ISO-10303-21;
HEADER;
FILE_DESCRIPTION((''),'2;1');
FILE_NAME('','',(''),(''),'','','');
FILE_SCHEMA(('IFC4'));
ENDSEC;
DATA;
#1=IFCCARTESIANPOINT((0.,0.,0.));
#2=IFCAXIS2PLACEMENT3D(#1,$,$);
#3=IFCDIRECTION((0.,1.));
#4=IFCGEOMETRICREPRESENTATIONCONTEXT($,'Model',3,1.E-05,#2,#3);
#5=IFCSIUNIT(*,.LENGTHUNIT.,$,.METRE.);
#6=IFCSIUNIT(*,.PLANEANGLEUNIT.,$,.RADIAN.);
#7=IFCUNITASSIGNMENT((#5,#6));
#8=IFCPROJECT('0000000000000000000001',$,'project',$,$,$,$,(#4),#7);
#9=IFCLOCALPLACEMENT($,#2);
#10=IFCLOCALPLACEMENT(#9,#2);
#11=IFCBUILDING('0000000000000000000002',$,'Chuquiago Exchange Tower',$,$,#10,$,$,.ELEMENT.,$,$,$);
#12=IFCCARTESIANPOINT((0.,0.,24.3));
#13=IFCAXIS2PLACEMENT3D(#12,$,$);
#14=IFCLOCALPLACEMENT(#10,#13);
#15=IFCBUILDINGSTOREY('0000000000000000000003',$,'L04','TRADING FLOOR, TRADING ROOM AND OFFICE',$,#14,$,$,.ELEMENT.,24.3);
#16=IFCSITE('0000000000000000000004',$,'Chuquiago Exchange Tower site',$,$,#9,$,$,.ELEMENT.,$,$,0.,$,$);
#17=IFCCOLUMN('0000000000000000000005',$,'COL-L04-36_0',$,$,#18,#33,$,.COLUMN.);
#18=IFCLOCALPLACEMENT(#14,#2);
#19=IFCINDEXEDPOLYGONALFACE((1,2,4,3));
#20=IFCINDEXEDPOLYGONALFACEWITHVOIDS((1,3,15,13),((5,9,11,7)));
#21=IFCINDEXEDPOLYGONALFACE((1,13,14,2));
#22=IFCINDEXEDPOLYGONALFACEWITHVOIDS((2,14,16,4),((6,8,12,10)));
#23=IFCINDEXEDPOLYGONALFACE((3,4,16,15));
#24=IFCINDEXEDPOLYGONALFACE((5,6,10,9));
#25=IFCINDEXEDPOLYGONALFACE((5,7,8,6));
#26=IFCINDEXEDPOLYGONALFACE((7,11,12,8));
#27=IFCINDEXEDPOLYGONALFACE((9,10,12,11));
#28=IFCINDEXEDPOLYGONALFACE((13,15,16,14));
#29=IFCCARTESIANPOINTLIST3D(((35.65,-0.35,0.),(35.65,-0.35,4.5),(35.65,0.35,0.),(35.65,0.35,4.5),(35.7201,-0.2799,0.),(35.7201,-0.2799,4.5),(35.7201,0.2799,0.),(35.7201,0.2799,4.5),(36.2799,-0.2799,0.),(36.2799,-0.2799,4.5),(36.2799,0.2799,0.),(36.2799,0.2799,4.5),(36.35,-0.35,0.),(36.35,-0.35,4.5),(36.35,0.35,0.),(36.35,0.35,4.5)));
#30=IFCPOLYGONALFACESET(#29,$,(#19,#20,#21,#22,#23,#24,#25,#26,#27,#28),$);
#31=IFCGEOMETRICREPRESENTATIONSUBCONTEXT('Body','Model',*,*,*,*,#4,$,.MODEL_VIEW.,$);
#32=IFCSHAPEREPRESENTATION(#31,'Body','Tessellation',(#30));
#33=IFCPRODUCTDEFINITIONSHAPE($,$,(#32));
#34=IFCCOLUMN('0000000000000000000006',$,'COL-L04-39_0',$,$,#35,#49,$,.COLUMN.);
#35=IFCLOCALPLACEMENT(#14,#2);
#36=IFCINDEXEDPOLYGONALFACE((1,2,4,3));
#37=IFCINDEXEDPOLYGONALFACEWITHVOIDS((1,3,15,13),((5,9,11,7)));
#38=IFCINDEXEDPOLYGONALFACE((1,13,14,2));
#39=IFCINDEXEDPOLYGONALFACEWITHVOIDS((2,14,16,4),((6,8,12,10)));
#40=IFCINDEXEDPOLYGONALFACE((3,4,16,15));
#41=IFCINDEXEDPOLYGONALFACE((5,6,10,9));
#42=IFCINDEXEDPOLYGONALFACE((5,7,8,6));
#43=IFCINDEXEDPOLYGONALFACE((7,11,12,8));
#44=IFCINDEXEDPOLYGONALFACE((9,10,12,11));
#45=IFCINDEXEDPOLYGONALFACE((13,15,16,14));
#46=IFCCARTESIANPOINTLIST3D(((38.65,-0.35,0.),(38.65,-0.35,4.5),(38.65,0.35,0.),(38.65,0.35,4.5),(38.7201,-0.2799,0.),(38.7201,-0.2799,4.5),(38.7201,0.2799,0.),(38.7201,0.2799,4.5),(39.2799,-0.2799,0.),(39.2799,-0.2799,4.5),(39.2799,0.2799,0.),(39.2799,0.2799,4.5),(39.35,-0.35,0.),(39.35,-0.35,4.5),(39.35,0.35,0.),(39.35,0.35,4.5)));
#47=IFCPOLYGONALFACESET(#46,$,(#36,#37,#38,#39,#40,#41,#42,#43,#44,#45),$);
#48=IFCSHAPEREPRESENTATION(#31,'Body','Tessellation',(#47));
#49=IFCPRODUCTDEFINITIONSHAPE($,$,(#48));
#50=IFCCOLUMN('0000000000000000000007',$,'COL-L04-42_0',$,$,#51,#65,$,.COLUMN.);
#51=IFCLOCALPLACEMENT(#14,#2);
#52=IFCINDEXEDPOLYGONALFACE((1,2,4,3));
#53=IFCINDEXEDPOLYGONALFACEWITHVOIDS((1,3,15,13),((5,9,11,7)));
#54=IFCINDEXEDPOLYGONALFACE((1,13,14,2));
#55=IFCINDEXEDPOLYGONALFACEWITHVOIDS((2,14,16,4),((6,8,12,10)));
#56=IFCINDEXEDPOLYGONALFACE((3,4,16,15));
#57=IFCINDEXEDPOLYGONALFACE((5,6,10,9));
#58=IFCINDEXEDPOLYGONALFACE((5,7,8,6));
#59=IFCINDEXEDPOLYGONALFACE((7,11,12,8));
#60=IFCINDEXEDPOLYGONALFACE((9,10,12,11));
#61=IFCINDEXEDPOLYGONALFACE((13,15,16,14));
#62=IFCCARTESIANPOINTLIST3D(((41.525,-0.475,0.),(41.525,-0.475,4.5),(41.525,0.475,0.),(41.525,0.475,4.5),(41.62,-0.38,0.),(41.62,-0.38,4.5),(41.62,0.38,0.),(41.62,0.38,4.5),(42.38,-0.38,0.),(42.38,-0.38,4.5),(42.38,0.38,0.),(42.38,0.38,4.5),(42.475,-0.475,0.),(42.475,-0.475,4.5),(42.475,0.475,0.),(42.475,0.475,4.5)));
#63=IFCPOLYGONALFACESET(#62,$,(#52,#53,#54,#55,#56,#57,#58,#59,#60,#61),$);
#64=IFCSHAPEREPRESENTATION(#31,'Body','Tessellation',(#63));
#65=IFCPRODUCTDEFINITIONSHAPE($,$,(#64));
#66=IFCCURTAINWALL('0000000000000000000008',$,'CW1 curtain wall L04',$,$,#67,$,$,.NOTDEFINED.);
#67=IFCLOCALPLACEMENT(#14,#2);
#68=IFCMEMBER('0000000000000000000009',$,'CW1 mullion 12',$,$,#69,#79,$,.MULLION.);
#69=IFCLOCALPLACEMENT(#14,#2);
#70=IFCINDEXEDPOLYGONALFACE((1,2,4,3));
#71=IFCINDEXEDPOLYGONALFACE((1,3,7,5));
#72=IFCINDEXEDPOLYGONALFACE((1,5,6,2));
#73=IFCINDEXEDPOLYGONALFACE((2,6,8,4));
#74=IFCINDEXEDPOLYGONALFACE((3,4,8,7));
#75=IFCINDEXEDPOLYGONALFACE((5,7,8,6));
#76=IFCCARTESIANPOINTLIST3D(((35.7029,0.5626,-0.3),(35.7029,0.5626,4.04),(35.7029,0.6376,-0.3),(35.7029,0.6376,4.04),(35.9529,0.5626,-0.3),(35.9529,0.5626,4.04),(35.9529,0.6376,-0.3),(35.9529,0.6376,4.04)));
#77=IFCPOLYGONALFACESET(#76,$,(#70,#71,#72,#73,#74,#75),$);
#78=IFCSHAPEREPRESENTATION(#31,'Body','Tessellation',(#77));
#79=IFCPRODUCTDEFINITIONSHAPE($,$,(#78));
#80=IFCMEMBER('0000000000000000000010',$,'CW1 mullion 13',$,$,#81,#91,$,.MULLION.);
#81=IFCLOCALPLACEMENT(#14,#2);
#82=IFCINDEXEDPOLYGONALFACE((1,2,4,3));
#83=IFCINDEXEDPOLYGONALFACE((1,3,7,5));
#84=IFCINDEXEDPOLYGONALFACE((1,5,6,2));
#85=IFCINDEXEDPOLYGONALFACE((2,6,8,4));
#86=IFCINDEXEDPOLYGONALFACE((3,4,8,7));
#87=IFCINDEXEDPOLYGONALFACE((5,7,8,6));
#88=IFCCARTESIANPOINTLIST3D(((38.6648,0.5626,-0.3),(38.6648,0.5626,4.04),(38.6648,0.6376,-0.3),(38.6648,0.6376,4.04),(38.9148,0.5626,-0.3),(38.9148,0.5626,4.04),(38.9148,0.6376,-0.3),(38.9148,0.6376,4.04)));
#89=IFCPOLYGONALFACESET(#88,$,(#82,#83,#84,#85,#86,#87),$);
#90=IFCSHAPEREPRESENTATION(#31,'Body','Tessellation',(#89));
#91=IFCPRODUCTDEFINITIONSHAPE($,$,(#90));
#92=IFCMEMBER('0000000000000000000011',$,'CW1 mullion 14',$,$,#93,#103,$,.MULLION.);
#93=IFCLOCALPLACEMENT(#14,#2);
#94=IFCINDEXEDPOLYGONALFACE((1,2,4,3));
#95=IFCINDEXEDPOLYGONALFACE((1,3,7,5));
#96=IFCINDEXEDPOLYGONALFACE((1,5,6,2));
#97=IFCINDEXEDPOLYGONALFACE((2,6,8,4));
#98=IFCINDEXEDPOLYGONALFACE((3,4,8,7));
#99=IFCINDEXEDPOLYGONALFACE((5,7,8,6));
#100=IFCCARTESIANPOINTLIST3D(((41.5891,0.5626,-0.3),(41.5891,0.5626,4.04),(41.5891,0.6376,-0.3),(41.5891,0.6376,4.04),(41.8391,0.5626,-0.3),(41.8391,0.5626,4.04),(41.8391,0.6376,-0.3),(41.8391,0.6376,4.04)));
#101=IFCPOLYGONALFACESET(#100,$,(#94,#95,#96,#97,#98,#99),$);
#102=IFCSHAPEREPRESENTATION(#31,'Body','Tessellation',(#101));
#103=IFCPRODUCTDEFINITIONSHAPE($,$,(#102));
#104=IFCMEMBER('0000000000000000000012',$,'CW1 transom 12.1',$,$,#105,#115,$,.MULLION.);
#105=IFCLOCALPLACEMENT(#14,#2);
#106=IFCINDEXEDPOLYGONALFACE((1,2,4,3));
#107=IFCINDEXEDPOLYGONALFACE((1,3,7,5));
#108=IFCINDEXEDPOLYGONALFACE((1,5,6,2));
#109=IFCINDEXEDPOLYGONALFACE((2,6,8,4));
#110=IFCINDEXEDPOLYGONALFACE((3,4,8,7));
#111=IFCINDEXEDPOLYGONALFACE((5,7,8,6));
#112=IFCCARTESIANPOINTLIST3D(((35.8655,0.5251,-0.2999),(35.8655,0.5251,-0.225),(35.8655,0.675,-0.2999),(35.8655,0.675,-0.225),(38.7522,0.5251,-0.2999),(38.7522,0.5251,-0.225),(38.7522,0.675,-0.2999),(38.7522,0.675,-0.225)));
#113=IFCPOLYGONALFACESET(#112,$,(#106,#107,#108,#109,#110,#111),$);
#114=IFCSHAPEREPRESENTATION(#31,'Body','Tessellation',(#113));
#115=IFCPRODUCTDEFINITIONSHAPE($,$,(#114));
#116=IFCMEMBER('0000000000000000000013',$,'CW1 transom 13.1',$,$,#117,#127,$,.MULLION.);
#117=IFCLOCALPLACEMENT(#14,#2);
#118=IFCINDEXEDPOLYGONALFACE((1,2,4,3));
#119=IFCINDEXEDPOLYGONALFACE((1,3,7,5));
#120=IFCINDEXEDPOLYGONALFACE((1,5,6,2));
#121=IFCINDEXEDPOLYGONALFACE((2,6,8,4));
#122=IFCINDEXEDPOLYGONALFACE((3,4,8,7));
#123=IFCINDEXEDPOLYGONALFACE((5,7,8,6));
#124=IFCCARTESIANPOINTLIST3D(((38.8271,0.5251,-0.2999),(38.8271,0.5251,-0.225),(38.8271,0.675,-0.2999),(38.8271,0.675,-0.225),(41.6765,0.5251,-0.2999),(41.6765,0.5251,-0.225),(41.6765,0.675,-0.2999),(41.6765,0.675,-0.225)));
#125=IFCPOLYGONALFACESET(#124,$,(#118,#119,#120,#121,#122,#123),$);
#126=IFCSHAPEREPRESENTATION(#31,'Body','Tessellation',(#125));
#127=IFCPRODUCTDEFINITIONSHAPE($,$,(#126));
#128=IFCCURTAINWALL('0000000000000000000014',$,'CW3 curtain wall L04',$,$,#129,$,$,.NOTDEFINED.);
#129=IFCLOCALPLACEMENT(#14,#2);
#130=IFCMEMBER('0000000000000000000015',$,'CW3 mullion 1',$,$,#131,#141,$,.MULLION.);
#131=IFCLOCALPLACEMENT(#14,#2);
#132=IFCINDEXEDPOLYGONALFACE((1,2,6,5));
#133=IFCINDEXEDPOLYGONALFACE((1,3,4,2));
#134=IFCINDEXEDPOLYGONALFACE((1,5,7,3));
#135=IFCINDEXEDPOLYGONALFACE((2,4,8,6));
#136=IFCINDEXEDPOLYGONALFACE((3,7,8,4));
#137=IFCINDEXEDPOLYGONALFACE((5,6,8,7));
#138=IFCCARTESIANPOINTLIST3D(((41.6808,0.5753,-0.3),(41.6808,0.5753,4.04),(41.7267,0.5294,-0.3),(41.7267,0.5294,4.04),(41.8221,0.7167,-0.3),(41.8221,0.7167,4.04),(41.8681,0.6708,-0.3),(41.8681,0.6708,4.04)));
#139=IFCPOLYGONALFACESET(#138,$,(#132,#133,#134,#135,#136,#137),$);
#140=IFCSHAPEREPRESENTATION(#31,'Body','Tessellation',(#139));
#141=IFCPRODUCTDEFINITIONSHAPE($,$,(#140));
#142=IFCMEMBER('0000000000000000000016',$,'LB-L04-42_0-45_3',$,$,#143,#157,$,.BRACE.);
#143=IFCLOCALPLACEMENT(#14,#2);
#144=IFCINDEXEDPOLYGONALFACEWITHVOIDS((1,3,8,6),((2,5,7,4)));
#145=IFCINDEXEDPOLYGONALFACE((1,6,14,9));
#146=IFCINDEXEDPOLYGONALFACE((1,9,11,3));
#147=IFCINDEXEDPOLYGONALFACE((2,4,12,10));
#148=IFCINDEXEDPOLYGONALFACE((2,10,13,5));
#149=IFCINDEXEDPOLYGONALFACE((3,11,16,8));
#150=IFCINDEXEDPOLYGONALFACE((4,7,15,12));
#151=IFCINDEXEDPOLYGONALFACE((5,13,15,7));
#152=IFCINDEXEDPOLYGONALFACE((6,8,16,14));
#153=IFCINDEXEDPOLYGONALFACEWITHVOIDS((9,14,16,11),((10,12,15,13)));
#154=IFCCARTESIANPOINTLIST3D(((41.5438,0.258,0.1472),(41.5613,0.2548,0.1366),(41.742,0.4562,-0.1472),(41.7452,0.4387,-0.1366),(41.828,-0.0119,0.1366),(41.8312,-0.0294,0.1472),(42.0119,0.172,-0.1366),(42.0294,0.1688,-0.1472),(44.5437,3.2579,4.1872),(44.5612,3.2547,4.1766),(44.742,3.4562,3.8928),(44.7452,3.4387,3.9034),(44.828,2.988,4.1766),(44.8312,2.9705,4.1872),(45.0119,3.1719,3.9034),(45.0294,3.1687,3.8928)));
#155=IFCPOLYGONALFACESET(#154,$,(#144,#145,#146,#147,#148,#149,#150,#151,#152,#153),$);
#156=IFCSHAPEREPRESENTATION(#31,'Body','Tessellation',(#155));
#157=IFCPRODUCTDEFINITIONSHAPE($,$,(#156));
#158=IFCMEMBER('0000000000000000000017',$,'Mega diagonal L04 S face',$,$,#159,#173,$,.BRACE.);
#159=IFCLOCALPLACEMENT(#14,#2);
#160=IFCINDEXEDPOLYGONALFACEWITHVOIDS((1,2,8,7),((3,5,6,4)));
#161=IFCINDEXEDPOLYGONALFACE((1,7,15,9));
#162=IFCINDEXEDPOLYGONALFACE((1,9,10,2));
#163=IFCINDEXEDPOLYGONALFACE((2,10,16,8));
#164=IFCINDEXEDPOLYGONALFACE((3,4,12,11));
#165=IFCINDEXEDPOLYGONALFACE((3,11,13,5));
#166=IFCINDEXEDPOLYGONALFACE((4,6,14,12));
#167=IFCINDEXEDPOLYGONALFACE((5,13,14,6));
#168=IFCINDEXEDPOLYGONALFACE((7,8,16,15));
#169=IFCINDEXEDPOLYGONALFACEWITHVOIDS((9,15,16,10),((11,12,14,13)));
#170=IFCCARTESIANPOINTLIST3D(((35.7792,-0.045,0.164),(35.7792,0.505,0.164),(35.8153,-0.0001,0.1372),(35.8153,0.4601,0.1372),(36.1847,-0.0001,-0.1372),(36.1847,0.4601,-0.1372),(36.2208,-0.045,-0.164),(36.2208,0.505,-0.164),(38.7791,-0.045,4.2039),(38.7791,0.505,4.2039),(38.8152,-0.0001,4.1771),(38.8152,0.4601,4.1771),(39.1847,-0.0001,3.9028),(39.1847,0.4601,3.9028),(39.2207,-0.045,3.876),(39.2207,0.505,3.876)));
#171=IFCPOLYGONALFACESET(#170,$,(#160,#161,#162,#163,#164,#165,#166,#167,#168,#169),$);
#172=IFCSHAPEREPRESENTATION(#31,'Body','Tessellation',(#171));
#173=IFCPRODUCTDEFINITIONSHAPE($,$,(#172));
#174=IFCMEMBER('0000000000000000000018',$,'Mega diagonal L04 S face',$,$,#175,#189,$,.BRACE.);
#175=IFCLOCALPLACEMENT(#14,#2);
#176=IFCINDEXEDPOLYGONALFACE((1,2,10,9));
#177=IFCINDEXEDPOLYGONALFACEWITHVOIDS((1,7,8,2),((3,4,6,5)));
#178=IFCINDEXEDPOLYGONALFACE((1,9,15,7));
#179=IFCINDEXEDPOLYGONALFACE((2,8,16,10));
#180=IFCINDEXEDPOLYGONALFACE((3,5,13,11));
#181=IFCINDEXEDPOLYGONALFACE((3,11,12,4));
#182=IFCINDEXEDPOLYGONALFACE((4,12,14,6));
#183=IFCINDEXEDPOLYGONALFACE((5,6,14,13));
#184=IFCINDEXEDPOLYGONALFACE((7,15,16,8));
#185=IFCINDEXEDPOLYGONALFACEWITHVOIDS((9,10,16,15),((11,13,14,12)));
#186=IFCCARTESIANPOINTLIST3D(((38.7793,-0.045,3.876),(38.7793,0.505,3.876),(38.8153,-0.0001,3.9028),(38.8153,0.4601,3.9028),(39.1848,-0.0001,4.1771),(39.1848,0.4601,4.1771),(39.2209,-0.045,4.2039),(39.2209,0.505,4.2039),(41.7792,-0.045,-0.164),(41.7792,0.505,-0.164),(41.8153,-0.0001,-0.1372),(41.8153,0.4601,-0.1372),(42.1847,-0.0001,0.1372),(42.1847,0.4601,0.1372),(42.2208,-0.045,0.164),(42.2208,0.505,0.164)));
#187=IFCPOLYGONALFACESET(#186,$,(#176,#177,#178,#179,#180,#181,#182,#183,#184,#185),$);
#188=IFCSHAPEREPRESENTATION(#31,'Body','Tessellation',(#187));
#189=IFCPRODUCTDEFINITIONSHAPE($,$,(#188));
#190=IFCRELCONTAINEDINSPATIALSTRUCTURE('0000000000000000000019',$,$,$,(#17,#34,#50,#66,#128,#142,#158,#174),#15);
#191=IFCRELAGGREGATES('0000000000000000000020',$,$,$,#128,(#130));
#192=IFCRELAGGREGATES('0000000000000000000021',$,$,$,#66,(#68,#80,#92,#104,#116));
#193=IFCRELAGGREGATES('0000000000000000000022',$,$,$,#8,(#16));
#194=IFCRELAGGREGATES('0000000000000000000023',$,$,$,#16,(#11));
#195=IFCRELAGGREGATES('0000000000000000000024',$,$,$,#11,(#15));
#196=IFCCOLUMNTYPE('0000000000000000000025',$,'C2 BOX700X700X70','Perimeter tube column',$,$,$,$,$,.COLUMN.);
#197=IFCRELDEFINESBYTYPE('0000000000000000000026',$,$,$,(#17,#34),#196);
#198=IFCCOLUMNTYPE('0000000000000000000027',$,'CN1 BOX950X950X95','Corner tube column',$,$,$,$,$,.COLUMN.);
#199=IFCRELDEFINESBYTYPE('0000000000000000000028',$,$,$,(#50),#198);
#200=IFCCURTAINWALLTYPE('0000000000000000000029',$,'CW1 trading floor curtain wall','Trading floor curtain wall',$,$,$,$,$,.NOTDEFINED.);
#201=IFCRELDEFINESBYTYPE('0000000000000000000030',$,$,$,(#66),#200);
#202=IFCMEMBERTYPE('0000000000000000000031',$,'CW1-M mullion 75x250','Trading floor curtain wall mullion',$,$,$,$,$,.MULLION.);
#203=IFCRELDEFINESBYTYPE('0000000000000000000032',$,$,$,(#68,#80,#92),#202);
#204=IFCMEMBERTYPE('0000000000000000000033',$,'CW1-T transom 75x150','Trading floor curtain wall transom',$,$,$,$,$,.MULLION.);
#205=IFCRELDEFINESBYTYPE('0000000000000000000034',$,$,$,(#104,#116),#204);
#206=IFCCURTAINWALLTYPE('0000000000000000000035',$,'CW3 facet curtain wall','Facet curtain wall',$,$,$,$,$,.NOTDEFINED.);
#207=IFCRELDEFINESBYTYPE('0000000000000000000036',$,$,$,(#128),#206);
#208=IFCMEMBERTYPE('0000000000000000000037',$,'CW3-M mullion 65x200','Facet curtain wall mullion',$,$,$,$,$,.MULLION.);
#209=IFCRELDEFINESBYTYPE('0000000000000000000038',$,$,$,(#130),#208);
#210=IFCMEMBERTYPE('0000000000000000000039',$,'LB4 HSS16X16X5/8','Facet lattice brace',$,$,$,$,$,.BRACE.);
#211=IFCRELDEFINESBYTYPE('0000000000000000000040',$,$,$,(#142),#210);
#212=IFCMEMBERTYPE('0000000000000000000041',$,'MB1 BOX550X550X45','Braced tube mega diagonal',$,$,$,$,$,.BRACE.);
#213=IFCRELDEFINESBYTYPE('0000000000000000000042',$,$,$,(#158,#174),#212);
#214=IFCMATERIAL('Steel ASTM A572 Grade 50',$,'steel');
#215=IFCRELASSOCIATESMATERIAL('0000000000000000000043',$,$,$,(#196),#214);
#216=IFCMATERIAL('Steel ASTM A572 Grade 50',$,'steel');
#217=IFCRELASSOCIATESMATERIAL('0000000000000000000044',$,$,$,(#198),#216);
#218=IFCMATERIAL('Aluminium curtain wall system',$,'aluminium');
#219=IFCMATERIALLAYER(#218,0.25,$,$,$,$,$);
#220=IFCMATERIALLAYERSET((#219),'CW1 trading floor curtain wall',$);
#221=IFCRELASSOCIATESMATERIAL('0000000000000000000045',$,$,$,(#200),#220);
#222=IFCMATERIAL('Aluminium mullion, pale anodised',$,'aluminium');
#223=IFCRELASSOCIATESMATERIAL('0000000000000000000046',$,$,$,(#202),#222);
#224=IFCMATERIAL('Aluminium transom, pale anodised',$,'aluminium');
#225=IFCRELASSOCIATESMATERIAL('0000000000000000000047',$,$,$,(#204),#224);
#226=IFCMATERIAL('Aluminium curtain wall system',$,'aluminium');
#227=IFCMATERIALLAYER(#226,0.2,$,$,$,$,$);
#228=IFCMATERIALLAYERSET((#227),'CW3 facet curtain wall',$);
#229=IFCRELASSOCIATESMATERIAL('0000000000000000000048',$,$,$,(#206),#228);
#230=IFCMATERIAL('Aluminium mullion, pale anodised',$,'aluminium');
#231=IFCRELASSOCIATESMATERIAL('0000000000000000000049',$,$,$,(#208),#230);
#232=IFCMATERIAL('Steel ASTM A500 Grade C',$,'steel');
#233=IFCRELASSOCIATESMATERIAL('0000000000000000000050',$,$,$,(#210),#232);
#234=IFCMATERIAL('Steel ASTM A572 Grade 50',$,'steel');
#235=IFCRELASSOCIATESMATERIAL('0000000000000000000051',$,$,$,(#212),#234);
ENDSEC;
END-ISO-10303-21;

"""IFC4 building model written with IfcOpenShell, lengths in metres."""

from ifc_helpers import new_model, si_unit, direction, frame, origin, origin_2d, place, context, subcontext, project, spatial, rectangle, hollow_rectangle, extrude, material, layer, layer_set, material_profile, profile_set, type_object, element, aggregate, save


model = new_model("IFC4")

# Units and contexts
model_context = context("Model", 3, precision=1e-05, world=origin(), true_north=direction((0.0, 1.0)))
body_context = subcontext(model_context, "Body", "Model", "MODEL_VIEW")
ifc_project = project(units=[si_unit("LENGTHUNIT", "METRE"), si_unit("PLANEANGLEUNIT", "RADIAN")], contexts=[model_context])

# Site, building, storey
site_placement = place(None, origin())
site = spatial("IfcSite", under=ifc_project, at=site_placement, Name="Chuquiago Exchange Tower site", CompositionType="ELEMENT", RefElevation=0.0)
building_placement = place(site_placement, origin())
building = spatial("IfcBuilding", under=site, at=building_placement, Name="Chuquiago Exchange Tower", CompositionType="ELEMENT")
storey_placement = place(building_placement, frame((0.0, 0.0, 24.3)))
storey = spatial("IfcBuildingStorey", under=building, at=storey_placement, Name="L04", Description="TRADING FLOOR, TRADING ROOM AND OFFICE", CompositionType="ELEMENT", Elevation=24.3)

# Columns
ifc_material_1 = material(Name="Steel ASTM A572 Grade 50", Category="steel")
ifc_material_profile_1 = material_profile(ifc_material_1, hollow_rectangle(XDim=0.7, YDim=0.7, WallThickness=0.0701, at=origin_2d()), Name="BOX700X700X70")
ifc_profile_set_1 = profile_set([ifc_material_profile_1], Name="Steel ASTM A572 Grade 50")
column_type_1 = type_object("IfcColumnType", Name="C2 BOX700X700X70", Description="Perimeter tube column", PredefinedType="COLUMN", material=ifc_profile_set_1)
for number, where, z_axis, x_axis, name in (
    (1, (36.0, 0.0, 0.0), (0.0, 0.0, 1.0), (0.0, -1.0, 0.0), "COL-L04-36_0"),
    (2, (39.0, 0.0, 0.0), (0.0, 0.0, 1.0), (0.0, -1.0, 0.0), "COL-L04-39_0"),
):
    element("IfcColumn", number, at=place(storey_placement, frame(where, z_axis=z_axis, x_axis=x_axis)), inside=storey, type_object=column_type_1, Name=name, PredefinedType="COLUMN", context=body_context, shape_type="SweptSolid", body=[
        extrude(hollow_rectangle(XDim=0.7, YDim=0.7, WallThickness=0.0701, at=origin_2d()), origin(), (0.0, 0.0, 1.0), 4.5),
    ])
ifc_material_2 = material(Name="Steel ASTM A572 Grade 50", Category="steel")
ifc_material_profile_2 = material_profile(ifc_material_2, hollow_rectangle(XDim=0.95, YDim=0.95, WallThickness=0.095, at=origin_2d()), Name="BOX950X950X95")
ifc_profile_set_2 = profile_set([ifc_material_profile_2], Name="Steel ASTM A572 Grade 50")
column_type_2 = type_object("IfcColumnType", Name="CN1 BOX950X950X95", Description="Corner tube column", PredefinedType="COLUMN", material=ifc_profile_set_2)
column_placement = place(storey_placement, frame((42.0, 0.0, 0.0), z_axis=(0.0, 0.0, 1.0), x_axis=(0.0, -1.0, 0.0)))
element("IfcColumn", 3, at=column_placement, inside=storey, type_object=column_type_2, Name="COL-L04-42_0", PredefinedType="COLUMN", context=body_context, shape_type="SweptSolid", body=[
    extrude(hollow_rectangle(XDim=0.95, YDim=0.95, WallThickness=0.095, at=origin_2d()), origin(), (0.0, 0.0, 1.0), 4.5),
])

# Curtain wall, members
ifc_material_3 = material(Name="Aluminium curtain wall system", Category="aluminium")
ifc_layer_1 = layer(ifc_material_3, 0.25)
ifc_layer_set_1 = layer_set([ifc_layer_1], Name="CW1 trading floor curtain wall")
curtain_wall_type_1 = type_object("IfcCurtainWallType", Name="CW1 trading floor curtain wall", Description="Trading floor curtain wall", PredefinedType="NOTDEFINED", material=ifc_layer_set_1)
curtain_wall_1_placement = place(storey_placement, origin())
curtain_wall_1 = element("IfcCurtainWall", 4, at=curtain_wall_1_placement, inside=storey, type_object=curtain_wall_type_1, Name="CW1 curtain wall L04", PredefinedType="NOTDEFINED")
ifc_material_4 = material(Name="Aluminium mullion, pale anodised", Category="aluminium")
ifc_material_profile_3 = material_profile(ifc_material_4, rectangle(XDim=0.075, YDim=0.25, at=origin_2d()), Name="AL 75x250")
ifc_profile_set_3 = profile_set([ifc_material_profile_3], Name="Aluminium mullion, pale anodised")
member_type_1 = type_object("IfcMemberType", Name="CW1-M mullion 75x250", Description="Trading floor curtain wall mullion", PredefinedType="MULLION", material=ifc_profile_set_3)
member_1_placement = place(storey_placement, frame((35.8279, 0.6001, -0.3), z_axis=(0.0, 0.0, 1.0), x_axis=(0.0, 1.0, 0.0)))
member_1 = element("IfcMember", 5, at=member_1_placement, type_object=member_type_1, Name="CW1 mullion 12", PredefinedType="MULLION", context=body_context, shape_type="SweptSolid", body=[
    extrude(rectangle(XDim=0.075, YDim=0.25, at=origin_2d()), origin(), (0.0, 0.0, 1.0), 4.3401),
])
member_2_placement = place(storey_placement, frame((38.7898, 0.6001, -0.3), z_axis=(0.0, 0.0, 1.0), x_axis=(0.0, 1.0, 0.0)))
member_2 = element("IfcMember", 6, at=member_2_placement, type_object=member_type_1, Name="CW1 mullion 13", PredefinedType="MULLION", context=body_context, shape_type="SweptSolid", body=[
    extrude(rectangle(XDim=0.075, YDim=0.25, at=origin_2d()), origin(), (0.0, 0.0, 1.0), 4.3401),
])
member_3_placement = place(storey_placement, frame((41.7141, 0.6001, -0.3), z_axis=(0.0, 0.0, 1.0), x_axis=(0.0, 1.0, 0.0)))
member_3 = element("IfcMember", 7, at=member_3_placement, type_object=member_type_1, Name="CW1 mullion 14", PredefinedType="MULLION", context=body_context, shape_type="SweptSolid", body=[
    extrude(rectangle(XDim=0.075, YDim=0.25, at=origin_2d()), origin(), (0.0, 0.0, 1.0), 4.3401),
])
ifc_material_5 = material(Name="Aluminium transom, pale anodised", Category="aluminium")
ifc_material_profile_4 = material_profile(ifc_material_5, rectangle(XDim=0.1499, YDim=0.075, at=origin_2d()), Name="AL 150x75")
ifc_profile_set_4 = profile_set([ifc_material_profile_4], Name="Aluminium transom, pale anodised")
member_type_2 = type_object("IfcMemberType", Name="CW1-T transom 75x150", Description="Trading floor curtain wall transom", PredefinedType="MULLION", material=ifc_profile_set_4)
member_4_placement = place(storey_placement, frame((35.8655, 0.6001, -0.2625), z_axis=(1.0, 0.0, 0.0), x_axis=(0.0, 1.0, 0.0)))
member_4 = element("IfcMember", 8, at=member_4_placement, type_object=member_type_2, Name="CW1 transom 12.1", PredefinedType="MULLION", context=body_context, shape_type="SweptSolid", body=[
    extrude(rectangle(XDim=0.1499, YDim=0.075, at=origin_2d()), origin(), (0.0, 0.0, 1.0), 2.8867),
])
member_5_placement = place(storey_placement, frame((38.8271, 0.6001, -0.2625), z_axis=(1.0, 0.0, 0.0), x_axis=(0.0, 1.0, 0.0)))
member_5 = element("IfcMember", 9, at=member_5_placement, type_object=member_type_2, Name="CW1 transom 13.1", PredefinedType="MULLION", context=body_context, shape_type="SweptSolid", body=[
    extrude(rectangle(XDim=0.1499, YDim=0.075, at=origin_2d()), origin(), (0.0, 0.0, 1.0), 2.8494),
])

# Curtain wall, member
ifc_material_6 = material(Name="Aluminium curtain wall system", Category="aluminium")
ifc_layer_2 = layer(ifc_material_6, 0.2)
ifc_layer_set_2 = layer_set([ifc_layer_2], Name="CW3 facet curtain wall")
curtain_wall_type_2 = type_object("IfcCurtainWallType", Name="CW3 facet curtain wall", Description="Facet curtain wall", PredefinedType="NOTDEFINED", material=ifc_layer_set_2)
curtain_wall_2_placement = place(storey_placement, origin())
curtain_wall_2 = element("IfcCurtainWall", 10, at=curtain_wall_2_placement, inside=storey, type_object=curtain_wall_type_2, Name="CW3 curtain wall L04", PredefinedType="NOTDEFINED")
ifc_material_7 = material(Name="Aluminium mullion, pale anodised", Category="aluminium")
ifc_material_profile_5 = material_profile(ifc_material_7, rectangle(XDim=0.0649, YDim=0.2, at=origin_2d()), Name="AL 65x200")
ifc_profile_set_5 = profile_set([ifc_material_profile_5], Name="Aluminium mullion, pale anodised")
member_type_3 = type_object("IfcMemberType", Name="CW3-M mullion 65x200", Description="Facet curtain wall mullion", PredefinedType="MULLION", material=ifc_profile_set_5)
member_6_placement = place(storey_placement, frame((41.7744, 0.623, -0.3), z_axis=(0.0, 0.0, 1.0), x_axis=(-0.707107, 0.707107, 0.0)))
member_6 = element("IfcMember", 11, at=member_6_placement, type_object=member_type_3, Name="CW3 mullion 1", PredefinedType="MULLION", context=body_context, shape_type="SweptSolid", body=[
    extrude(rectangle(XDim=0.0649, YDim=0.2, at=origin_2d()), origin(), (0.0, 0.0, 1.0), 4.3401),
])
aggregate(curtain_wall_2, [member_6])

# Members
ifc_material_8 = material(Name="Steel ASTM A500 Grade C", Category="steel")
ifc_material_profile_6 = material_profile(ifc_material_8, hollow_rectangle(XDim=0.4065, YDim=0.4065, WallThickness=0.0146, at=origin_2d()), Name="HSS16X16X5/8")
ifc_profile_set_6 = profile_set([ifc_material_profile_6], Name="Steel ASTM A500 Grade C")
member_type_4 = type_object("IfcMemberType", Name="LB4 HSS16X16X5/8", Description="Facet lattice brace", PredefinedType="BRACE", material=ifc_profile_set_6)
member_7_placement = place(storey_placement, frame((41.7866, 0.2134, 0.0), z_axis=(0.512077, 0.512077, 0.689604), x_axis=(-0.707107, 0.707107, 0.0)))
element("IfcMember", 12, at=member_7_placement, inside=storey, type_object=member_type_4, Name="LB-L04-42_0-45_3", PredefinedType="BRACE", context=body_context, shape_type="SweptSolid", body=[
    extrude(hollow_rectangle(XDim=0.4065, YDim=0.4065, WallThickness=0.0146, at=origin_2d()), origin(), (0.0, 0.0, 1.0), 5.8584),
])
ifc_material_9 = material(Name="Steel ASTM A572 Grade 50", Category="steel")
ifc_material_profile_7 = material_profile(ifc_material_9, hollow_rectangle(XDim=0.55, YDim=0.55, WallThickness=0.0449, at=origin_2d()), Name="BOX550X550X45")
ifc_profile_set_7 = profile_set([ifc_material_profile_7], Name="Steel ASTM A572 Grade 50")
member_type_5 = type_object("IfcMemberType", Name="MB1 BOX550X550X45", Description="Braced tube mega diagonal", PredefinedType="BRACE", material=ifc_profile_set_7)
for number, where, z_axis, x_axis, name in (
    (13, (36.0, 0.23, 0.0), (0.596174, 0.0, 0.802855), (0.0, 1.0, 0.0), "Mega diagonal L04 S face"),
    (14, (42.0, 0.23, 0.0), (-0.596174, 0.0, 0.802855), (0.0, -1.0, 0.0), "Mega diagonal L04 S face"),
):
    element("IfcMember", number, at=place(storey_placement, frame(where, z_axis=z_axis, x_axis=x_axis)), inside=storey, type_object=member_type_5, Name=name, PredefinedType="BRACE", context=body_context, shape_type="SweptSolid", body=[
        extrude(hollow_rectangle(XDim=0.55, YDim=0.55, WallThickness=0.0449, at=origin_2d()), origin(), (0.0, 0.0, 1.0), 5.032),
    ])

aggregate(curtain_wall_1, [member_1, member_2, member_3, member_4, member_5])

save(model, "model.ifc")
